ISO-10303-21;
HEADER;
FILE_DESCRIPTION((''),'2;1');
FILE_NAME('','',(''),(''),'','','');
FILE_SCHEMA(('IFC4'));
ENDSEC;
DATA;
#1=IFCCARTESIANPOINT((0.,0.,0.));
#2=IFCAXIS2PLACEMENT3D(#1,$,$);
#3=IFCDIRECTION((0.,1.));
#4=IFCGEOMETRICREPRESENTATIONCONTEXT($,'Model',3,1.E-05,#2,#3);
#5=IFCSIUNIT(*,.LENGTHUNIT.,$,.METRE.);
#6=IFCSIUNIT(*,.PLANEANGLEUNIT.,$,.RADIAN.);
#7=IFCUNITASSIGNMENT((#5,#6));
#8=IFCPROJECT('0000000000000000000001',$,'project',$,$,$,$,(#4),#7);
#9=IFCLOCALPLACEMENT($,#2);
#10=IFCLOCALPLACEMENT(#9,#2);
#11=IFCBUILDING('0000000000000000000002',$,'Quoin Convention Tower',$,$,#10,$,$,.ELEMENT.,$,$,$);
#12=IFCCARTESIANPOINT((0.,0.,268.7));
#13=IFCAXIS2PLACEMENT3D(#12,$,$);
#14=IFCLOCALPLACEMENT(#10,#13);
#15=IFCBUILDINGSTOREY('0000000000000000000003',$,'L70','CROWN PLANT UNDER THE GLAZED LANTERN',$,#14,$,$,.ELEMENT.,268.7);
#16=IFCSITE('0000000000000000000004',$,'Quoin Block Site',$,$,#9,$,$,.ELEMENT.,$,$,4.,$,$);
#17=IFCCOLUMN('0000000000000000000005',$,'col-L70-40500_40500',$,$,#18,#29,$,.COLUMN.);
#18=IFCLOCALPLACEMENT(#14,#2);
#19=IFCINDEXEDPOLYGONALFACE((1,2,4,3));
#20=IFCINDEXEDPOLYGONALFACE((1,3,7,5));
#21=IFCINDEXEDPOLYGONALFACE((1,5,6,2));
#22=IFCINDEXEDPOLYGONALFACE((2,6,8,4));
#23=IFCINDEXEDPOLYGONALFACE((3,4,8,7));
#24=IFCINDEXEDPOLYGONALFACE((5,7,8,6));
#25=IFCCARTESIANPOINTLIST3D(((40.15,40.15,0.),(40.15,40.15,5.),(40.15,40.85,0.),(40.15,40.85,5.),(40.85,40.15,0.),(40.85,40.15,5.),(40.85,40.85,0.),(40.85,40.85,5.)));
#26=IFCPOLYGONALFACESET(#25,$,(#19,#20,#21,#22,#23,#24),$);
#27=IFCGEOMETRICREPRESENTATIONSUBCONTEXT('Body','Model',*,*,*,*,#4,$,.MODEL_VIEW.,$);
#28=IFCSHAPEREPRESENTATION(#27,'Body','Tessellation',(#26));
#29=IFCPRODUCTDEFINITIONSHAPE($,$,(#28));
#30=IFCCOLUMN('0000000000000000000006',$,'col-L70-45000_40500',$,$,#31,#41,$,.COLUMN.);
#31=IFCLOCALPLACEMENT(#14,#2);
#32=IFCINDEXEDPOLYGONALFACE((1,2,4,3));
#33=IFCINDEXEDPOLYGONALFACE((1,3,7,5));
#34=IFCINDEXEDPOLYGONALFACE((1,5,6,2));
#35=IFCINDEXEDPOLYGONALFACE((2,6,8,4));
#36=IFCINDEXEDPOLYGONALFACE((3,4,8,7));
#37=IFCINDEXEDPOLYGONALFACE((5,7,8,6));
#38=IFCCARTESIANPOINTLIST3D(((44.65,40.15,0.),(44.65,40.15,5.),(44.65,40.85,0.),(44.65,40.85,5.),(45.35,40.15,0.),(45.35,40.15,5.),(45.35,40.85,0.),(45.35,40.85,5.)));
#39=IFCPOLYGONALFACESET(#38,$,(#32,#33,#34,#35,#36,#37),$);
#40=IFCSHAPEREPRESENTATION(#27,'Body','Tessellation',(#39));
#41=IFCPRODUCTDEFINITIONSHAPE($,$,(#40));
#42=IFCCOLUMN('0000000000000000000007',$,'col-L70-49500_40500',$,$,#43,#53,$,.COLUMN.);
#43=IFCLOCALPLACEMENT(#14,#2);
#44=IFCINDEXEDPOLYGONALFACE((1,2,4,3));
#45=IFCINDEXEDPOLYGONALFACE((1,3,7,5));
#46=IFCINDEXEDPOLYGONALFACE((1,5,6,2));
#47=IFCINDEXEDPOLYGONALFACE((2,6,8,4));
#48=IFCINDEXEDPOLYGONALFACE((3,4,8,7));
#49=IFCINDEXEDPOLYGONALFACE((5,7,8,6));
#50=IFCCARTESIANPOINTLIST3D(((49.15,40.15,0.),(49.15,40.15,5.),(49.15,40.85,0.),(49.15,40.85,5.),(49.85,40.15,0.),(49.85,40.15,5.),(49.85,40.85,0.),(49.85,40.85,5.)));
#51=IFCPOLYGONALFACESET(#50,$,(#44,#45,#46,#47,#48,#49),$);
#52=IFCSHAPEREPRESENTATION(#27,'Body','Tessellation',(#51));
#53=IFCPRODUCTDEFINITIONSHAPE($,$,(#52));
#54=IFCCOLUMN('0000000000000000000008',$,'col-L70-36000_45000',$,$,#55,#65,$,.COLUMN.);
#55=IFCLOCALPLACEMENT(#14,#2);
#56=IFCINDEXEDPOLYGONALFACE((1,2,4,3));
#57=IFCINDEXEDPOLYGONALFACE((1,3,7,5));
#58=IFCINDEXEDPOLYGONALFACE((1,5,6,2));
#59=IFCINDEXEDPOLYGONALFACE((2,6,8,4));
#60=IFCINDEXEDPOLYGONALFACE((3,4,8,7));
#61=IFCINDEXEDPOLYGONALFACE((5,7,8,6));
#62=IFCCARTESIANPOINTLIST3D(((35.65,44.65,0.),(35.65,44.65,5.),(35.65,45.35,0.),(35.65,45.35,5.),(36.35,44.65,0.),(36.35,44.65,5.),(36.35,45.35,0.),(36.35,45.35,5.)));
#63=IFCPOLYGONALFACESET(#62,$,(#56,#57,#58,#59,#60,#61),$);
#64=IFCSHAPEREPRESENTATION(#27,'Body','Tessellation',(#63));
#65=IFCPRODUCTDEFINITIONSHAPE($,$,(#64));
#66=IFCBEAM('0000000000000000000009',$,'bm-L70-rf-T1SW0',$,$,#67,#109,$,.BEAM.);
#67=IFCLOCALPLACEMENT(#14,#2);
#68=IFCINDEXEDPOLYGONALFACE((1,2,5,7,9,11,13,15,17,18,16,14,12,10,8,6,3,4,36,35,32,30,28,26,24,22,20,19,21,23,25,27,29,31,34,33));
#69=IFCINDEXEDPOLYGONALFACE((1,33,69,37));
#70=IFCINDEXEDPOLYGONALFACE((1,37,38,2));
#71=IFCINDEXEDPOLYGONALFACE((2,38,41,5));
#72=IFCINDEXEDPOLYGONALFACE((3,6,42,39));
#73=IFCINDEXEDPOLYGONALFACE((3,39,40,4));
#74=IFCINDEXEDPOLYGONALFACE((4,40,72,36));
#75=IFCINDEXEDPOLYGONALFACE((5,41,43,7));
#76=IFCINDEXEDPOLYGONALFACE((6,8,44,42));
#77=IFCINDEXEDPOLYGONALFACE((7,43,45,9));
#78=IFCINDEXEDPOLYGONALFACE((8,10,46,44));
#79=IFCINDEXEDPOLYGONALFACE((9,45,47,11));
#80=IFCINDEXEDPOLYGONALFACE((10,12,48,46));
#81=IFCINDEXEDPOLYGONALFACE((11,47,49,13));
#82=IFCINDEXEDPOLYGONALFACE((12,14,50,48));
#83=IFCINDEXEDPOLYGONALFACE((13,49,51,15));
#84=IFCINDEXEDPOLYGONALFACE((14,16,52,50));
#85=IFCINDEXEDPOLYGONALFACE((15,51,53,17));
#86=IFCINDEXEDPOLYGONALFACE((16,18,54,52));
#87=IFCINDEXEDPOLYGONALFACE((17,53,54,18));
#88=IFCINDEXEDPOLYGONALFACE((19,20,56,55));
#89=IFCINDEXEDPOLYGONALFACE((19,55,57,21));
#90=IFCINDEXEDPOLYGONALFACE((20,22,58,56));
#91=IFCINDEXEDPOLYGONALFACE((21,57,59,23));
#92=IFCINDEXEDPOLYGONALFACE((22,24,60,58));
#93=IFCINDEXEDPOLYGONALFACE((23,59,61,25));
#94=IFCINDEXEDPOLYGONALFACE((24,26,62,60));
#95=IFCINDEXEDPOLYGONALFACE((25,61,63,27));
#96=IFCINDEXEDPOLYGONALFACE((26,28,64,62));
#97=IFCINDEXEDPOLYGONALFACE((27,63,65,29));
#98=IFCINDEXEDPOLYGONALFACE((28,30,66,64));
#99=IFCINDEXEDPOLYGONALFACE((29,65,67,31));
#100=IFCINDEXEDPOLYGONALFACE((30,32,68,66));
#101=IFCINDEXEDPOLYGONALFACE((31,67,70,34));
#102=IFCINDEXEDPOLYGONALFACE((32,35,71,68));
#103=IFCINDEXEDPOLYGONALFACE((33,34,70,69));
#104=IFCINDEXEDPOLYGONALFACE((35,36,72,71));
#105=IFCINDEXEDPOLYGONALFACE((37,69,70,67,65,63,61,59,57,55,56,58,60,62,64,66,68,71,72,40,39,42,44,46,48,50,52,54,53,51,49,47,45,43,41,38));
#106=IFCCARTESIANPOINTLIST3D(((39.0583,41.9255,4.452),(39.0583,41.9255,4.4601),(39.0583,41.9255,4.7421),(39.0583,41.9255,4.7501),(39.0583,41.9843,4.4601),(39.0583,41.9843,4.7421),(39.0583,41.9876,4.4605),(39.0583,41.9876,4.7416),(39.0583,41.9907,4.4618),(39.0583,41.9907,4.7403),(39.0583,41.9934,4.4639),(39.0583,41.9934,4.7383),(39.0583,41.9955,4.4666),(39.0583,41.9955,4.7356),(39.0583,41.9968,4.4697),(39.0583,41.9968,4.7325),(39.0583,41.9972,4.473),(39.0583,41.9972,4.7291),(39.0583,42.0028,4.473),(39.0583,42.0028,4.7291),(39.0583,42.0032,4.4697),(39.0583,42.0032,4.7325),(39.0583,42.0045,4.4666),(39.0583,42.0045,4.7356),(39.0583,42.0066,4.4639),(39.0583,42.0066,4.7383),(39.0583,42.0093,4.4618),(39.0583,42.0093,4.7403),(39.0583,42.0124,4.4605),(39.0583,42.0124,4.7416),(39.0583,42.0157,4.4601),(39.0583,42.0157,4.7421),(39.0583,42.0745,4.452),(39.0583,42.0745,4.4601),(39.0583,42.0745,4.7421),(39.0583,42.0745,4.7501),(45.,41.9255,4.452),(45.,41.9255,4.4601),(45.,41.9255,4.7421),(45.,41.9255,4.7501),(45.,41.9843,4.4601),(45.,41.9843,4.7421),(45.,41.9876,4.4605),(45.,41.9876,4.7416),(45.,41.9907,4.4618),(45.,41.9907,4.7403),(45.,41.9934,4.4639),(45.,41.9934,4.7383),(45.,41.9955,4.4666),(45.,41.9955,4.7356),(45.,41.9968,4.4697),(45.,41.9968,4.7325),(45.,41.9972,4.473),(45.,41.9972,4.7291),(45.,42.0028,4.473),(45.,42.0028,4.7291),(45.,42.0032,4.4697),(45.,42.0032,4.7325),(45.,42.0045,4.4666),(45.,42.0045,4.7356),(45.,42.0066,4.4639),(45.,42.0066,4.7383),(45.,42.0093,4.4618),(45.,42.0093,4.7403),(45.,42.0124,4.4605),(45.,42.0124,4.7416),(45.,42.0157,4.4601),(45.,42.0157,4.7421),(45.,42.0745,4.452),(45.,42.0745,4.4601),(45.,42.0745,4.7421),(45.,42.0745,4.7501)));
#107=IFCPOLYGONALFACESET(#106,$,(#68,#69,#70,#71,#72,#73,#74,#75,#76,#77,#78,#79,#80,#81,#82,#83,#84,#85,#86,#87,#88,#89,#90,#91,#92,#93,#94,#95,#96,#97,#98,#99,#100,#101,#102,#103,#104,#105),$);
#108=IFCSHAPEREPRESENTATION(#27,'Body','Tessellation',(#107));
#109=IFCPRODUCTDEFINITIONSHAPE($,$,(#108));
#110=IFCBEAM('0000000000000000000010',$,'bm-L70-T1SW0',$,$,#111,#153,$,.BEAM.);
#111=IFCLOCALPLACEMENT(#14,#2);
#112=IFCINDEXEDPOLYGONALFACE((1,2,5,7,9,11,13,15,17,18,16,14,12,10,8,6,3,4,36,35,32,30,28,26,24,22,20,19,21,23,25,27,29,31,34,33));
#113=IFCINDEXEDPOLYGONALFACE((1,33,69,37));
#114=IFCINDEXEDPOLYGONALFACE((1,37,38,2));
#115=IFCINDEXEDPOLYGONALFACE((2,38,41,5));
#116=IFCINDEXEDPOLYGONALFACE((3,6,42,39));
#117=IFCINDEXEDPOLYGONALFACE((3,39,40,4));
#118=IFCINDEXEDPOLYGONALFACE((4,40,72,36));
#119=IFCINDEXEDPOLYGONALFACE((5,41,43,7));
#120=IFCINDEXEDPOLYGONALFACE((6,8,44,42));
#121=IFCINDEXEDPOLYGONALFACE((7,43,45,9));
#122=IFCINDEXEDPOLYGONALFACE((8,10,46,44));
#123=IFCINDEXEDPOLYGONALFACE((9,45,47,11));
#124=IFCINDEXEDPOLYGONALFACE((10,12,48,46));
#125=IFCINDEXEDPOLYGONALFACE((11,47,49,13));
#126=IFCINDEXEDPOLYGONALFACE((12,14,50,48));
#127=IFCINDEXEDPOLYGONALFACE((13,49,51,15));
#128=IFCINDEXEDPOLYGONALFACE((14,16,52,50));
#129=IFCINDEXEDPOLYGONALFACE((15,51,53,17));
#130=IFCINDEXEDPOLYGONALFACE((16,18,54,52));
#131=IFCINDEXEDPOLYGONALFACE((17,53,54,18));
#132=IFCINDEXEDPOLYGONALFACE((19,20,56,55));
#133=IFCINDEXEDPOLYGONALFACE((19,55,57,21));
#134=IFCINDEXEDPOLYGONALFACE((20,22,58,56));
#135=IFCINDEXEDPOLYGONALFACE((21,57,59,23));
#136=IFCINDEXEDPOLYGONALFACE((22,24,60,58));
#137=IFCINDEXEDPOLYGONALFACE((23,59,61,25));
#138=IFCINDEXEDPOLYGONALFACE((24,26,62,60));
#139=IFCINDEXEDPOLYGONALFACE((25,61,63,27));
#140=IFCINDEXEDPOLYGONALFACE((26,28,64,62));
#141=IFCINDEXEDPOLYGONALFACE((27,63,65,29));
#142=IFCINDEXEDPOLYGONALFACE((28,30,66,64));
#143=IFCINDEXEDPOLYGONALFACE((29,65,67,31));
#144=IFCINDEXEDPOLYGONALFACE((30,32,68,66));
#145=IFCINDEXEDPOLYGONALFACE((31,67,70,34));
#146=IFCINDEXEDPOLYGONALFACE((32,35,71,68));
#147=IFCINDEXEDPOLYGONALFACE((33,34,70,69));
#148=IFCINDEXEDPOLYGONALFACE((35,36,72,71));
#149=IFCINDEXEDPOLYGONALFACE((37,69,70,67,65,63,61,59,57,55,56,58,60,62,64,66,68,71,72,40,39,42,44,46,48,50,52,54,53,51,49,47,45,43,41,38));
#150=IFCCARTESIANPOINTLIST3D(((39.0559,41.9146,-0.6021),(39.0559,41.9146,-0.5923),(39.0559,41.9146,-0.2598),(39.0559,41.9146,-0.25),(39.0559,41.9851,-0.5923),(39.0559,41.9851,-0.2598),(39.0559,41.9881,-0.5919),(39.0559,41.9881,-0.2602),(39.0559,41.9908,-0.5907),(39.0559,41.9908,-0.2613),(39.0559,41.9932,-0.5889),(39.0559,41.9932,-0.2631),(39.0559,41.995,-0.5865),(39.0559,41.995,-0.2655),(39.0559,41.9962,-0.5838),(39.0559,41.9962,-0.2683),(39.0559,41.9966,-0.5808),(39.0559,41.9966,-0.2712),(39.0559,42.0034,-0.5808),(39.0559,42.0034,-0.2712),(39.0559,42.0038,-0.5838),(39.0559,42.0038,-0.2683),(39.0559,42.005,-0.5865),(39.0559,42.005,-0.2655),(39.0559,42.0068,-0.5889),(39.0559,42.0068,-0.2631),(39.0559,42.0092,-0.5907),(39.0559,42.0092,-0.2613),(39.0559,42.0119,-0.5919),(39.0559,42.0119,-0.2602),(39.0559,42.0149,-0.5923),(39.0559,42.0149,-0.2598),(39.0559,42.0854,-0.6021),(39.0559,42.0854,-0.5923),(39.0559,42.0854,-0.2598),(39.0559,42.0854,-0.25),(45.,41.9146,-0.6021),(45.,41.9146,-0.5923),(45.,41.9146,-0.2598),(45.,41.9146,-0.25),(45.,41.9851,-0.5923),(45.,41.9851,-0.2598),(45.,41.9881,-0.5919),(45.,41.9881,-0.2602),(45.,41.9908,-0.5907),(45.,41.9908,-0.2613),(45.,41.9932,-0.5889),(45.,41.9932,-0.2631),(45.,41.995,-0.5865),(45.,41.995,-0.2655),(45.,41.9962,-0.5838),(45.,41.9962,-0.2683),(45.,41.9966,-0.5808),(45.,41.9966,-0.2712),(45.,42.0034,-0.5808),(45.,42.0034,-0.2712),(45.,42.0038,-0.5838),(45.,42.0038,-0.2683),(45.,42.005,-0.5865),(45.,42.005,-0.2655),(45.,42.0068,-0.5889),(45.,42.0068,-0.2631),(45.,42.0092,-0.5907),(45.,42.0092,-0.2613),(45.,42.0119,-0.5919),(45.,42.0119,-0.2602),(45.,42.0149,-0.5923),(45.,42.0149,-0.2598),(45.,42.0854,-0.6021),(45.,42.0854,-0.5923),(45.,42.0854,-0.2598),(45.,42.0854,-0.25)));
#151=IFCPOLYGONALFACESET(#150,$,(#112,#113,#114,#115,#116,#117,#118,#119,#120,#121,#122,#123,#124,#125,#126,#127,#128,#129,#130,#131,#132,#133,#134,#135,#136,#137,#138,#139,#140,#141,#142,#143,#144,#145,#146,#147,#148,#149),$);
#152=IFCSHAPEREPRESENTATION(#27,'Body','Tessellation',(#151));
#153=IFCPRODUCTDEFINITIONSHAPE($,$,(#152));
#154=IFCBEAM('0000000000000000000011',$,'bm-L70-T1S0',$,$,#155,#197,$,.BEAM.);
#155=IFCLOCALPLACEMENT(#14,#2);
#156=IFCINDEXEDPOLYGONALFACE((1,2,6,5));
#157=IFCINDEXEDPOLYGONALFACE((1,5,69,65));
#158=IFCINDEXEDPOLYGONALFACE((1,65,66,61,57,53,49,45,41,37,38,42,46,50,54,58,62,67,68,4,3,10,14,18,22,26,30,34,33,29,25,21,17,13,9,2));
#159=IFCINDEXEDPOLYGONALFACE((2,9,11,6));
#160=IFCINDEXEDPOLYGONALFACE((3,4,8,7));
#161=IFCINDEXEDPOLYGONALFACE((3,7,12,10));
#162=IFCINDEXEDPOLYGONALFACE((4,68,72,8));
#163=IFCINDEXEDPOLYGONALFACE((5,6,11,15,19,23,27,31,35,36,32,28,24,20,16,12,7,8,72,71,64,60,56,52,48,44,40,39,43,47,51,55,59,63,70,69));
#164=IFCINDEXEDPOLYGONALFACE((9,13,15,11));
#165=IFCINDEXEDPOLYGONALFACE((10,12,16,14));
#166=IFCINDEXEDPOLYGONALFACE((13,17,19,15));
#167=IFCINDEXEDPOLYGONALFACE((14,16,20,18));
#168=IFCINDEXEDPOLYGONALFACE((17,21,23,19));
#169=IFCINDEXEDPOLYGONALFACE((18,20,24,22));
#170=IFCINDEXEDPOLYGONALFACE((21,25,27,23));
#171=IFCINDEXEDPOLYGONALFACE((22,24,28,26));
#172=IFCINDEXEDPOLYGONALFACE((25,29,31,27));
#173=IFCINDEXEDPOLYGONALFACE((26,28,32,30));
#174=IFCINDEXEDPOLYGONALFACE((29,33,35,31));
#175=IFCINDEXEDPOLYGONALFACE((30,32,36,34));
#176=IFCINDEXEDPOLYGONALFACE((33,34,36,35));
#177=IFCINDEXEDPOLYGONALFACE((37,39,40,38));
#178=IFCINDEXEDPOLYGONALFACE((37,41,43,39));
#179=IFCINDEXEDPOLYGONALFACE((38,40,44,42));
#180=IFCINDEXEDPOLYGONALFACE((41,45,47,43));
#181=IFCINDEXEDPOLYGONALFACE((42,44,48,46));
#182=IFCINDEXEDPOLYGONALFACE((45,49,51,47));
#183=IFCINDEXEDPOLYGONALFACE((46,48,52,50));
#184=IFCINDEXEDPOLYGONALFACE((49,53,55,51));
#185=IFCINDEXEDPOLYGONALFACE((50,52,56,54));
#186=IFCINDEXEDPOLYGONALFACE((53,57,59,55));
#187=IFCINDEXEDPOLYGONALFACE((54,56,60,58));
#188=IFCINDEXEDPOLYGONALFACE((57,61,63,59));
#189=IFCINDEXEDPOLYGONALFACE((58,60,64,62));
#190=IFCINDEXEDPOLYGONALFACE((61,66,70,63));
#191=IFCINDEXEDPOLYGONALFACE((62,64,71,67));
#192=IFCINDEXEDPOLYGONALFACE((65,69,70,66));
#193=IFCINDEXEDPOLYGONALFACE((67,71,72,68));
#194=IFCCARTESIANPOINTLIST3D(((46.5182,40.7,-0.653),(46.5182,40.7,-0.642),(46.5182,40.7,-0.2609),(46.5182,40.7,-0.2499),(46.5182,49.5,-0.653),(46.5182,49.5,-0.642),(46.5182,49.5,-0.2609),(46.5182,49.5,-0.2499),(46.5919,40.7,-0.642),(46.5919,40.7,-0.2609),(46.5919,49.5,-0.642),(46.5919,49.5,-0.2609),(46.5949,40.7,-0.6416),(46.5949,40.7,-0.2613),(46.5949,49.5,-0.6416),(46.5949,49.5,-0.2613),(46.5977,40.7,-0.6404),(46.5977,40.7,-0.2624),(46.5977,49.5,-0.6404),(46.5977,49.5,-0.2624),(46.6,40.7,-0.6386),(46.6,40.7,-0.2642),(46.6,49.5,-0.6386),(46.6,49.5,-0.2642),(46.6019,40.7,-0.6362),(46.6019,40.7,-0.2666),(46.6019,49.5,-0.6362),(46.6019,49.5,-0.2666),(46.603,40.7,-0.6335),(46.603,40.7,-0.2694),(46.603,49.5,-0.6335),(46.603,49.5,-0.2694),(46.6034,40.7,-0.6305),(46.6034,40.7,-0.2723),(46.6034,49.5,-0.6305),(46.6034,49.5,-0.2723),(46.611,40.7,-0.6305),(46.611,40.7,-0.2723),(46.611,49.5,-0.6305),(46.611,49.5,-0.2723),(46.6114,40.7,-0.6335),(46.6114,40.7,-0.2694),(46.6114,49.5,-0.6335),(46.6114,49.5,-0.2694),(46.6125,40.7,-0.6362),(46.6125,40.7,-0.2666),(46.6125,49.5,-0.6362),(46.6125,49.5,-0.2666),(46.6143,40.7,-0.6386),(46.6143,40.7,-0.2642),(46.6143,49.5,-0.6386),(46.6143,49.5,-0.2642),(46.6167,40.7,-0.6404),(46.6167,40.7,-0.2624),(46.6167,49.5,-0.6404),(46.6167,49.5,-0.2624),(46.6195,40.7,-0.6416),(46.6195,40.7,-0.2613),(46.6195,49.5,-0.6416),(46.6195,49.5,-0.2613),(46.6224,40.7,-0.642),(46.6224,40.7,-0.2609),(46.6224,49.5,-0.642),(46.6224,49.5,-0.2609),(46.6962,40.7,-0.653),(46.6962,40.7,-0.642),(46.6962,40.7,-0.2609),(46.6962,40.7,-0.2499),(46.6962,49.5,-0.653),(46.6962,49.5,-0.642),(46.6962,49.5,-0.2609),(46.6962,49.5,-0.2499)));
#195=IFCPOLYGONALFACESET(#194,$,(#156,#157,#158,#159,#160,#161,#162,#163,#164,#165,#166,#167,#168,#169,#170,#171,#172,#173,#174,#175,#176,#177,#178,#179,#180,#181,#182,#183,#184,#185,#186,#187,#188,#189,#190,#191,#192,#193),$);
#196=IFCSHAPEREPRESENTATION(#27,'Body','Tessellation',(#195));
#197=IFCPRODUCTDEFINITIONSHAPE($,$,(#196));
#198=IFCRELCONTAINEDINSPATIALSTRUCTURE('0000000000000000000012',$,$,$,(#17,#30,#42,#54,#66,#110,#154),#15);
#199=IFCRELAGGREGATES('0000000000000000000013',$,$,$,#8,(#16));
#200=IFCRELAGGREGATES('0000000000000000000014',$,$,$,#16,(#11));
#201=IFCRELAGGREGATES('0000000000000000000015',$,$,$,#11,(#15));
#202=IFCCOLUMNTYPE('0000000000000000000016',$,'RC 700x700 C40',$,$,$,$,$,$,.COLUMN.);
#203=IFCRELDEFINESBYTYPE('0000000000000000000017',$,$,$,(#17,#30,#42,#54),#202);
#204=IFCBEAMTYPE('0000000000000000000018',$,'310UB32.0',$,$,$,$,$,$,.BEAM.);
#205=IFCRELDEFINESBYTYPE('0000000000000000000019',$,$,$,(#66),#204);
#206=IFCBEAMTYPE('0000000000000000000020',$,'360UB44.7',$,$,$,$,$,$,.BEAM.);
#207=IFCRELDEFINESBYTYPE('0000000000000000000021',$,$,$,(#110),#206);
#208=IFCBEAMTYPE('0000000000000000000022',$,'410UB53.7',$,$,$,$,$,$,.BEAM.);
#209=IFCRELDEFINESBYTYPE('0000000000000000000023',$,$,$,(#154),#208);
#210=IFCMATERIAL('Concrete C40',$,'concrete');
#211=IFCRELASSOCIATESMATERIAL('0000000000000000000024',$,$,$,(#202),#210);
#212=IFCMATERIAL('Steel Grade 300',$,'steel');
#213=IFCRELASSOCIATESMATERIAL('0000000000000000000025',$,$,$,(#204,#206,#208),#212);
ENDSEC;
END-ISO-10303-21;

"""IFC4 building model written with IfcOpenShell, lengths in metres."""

from ifc_helpers import new_model, si_unit, direction, frame, origin, origin_2d, place, context, subcontext, project, spatial, rectangle, i_section, extrude, material, material_profile, profile_set, type_object, element, save


model = new_model("IFC4")

# Units and contexts
model_context = context("Model", 3, precision=1e-05, world=origin(), true_north=direction((0.0, 1.0)))
body_context = subcontext(model_context, "Body", "Model", "MODEL_VIEW")
ifc_project = project(units=[si_unit("LENGTHUNIT", "METRE"), si_unit("PLANEANGLEUNIT", "RADIAN")], contexts=[model_context])

# Site, building, storey
site_placement = place(None, origin())
site = spatial("IfcSite", under=ifc_project, at=site_placement, Name="Quoin Block Site", CompositionType="ELEMENT", RefElevation=4.0)
building_placement = place(site_placement, origin())
building = spatial("IfcBuilding", under=site, at=building_placement, Name="Quoin Convention Tower", CompositionType="ELEMENT")
storey_placement = place(building_placement, frame((0.0, 0.0, 268.7)))
storey = spatial("IfcBuildingStorey", under=building, at=storey_placement, Name="L70", Description="CROWN PLANT UNDER THE GLAZED LANTERN", CompositionType="ELEMENT", Elevation=268.7)

# Columns
ifc_material_1 = material(Name="Concrete C40", Category="concrete")
ifc_material_profile_1 = material_profile(ifc_material_1, rectangle(XDim=0.7, YDim=0.7, at=origin_2d()), Name="RC 700x700")
ifc_profile_set_1 = profile_set([ifc_material_profile_1], Name="Concrete C40")
column_type = type_object("IfcColumnType", Name="RC 700x700 C40", PredefinedType="COLUMN", material=ifc_profile_set_1)
for number, where, z_axis, x_axis, name in (
    (1, (40.5, 40.5, 0.0), (0.0, 0.0, 1.0), (1.0, 0.0, 0.0), "col-L70-40500_40500"),
    (2, (45.0, 40.5, 0.0), (0.0, 0.0, 1.0), (1.0, 0.0, 0.0), "col-L70-45000_40500"),
    (3, (49.5, 40.5, 0.0), (0.0, 0.0, 1.0), (1.0, 0.0, 0.0), "col-L70-49500_40500"),
    (4, (36.0, 45.0, 0.0), (0.0, 0.0, 1.0), (1.0, 0.0, 0.0), "col-L70-36000_45000"),
):
    element("IfcColumn", number, at=place(storey_placement, frame(where, z_axis=z_axis, x_axis=x_axis)), inside=storey, type_object=column_type, Name=name, PredefinedType="COLUMN", context=body_context, shape_type="SweptSolid", body=[
        extrude(rectangle(XDim=0.7, YDim=0.7, at=origin_2d()), origin(), (0.0, 0.0, 1.0), 5.0),
    ])

# Beams
ifc_material_2 = material(Name="Steel Grade 300", Category="steel")
ifc_material_profile_2 = material_profile(ifc_material_2, i_section(OverallWidth=0.1489, OverallDepth=0.2981, WebThickness=0.0056, FlangeThickness=0.0081, FilletRadius=0.0129, at=origin_2d()), Name="310UB32.0")
ifc_profile_set_2 = profile_set([ifc_material_profile_2], Name="Steel Grade 300")
beam_type_1 = type_object("IfcBeamType", Name="310UB32.0", PredefinedType="BEAM", material=ifc_profile_set_2)
beam_1_placement = place(storey_placement, frame((39.0583, 42.0, 4.6011), z_axis=(1.0, 0.0, 0.0), x_axis=(0.0, 1.0, 0.0)))
element("IfcBeam", 5, at=beam_1_placement, inside=storey, type_object=beam_type_1, Name="bm-L70-rf-T1SW0", PredefinedType="BEAM", context=body_context, shape_type="SweptSolid", body=[
    extrude(i_section(OverallWidth=0.1489, OverallDepth=0.2981, WebThickness=0.0056, FlangeThickness=0.0081, FilletRadius=0.0129, at=origin_2d()), origin(), (0.0, 0.0, 1.0), 5.9417),
])
ifc_material_profile_3 = material_profile(ifc_material_2, i_section(OverallWidth=0.1709, OverallDepth=0.3521, WebThickness=0.0068, FlangeThickness=0.0098, FilletRadius=0.0115, at=origin_2d()), Name="360UB44.7")
ifc_profile_set_3 = profile_set([ifc_material_profile_3], Name="Steel Grade 300")
beam_type_2 = type_object("IfcBeamType", Name="360UB44.7", PredefinedType="BEAM", material=ifc_profile_set_3)
beam_2_placement = place(storey_placement, frame((39.0559, 42.0, -0.426), z_axis=(1.0, 0.0, 0.0), x_axis=(0.0, 1.0, 0.0)))
element("IfcBeam", 6, at=beam_2_placement, inside=storey, type_object=beam_type_2, Name="bm-L70-T1SW0", PredefinedType="BEAM", context=body_context, shape_type="SweptSolid", body=[
    extrude(i_section(OverallWidth=0.1709, OverallDepth=0.3521, WebThickness=0.0068, FlangeThickness=0.0098, FilletRadius=0.0115, at=origin_2d()), origin(), (0.0, 0.0, 1.0), 5.9441),
])
ifc_material_profile_4 = material_profile(ifc_material_2, i_section(OverallWidth=0.178, OverallDepth=0.4031, WebThickness=0.0076, FlangeThickness=0.011, FilletRadius=0.0115, at=origin_2d()), Name="410UB53.7")
ifc_profile_set_4 = profile_set([ifc_material_profile_4], Name="Steel Grade 300")
beam_type_3 = type_object("IfcBeamType", Name="410UB53.7", PredefinedType="BEAM", material=ifc_profile_set_4)
beam_3_placement = place(storey_placement, frame((46.6072, 40.7, -0.4514), z_axis=(0.0, 1.0, 0.0), x_axis=(-1.0, 0.0, 0.0)))
element("IfcBeam", 7, at=beam_3_placement, inside=storey, type_object=beam_type_3, Name="bm-L70-T1S0", PredefinedType="BEAM", context=body_context, shape_type="SweptSolid", body=[
    extrude(i_section(OverallWidth=0.178, OverallDepth=0.4031, WebThickness=0.0076, FlangeThickness=0.011, FilletRadius=0.0115, at=origin_2d()), origin(), (0.0, 0.0, 1.0), 8.8),
])

save(model, "model.ifc")
